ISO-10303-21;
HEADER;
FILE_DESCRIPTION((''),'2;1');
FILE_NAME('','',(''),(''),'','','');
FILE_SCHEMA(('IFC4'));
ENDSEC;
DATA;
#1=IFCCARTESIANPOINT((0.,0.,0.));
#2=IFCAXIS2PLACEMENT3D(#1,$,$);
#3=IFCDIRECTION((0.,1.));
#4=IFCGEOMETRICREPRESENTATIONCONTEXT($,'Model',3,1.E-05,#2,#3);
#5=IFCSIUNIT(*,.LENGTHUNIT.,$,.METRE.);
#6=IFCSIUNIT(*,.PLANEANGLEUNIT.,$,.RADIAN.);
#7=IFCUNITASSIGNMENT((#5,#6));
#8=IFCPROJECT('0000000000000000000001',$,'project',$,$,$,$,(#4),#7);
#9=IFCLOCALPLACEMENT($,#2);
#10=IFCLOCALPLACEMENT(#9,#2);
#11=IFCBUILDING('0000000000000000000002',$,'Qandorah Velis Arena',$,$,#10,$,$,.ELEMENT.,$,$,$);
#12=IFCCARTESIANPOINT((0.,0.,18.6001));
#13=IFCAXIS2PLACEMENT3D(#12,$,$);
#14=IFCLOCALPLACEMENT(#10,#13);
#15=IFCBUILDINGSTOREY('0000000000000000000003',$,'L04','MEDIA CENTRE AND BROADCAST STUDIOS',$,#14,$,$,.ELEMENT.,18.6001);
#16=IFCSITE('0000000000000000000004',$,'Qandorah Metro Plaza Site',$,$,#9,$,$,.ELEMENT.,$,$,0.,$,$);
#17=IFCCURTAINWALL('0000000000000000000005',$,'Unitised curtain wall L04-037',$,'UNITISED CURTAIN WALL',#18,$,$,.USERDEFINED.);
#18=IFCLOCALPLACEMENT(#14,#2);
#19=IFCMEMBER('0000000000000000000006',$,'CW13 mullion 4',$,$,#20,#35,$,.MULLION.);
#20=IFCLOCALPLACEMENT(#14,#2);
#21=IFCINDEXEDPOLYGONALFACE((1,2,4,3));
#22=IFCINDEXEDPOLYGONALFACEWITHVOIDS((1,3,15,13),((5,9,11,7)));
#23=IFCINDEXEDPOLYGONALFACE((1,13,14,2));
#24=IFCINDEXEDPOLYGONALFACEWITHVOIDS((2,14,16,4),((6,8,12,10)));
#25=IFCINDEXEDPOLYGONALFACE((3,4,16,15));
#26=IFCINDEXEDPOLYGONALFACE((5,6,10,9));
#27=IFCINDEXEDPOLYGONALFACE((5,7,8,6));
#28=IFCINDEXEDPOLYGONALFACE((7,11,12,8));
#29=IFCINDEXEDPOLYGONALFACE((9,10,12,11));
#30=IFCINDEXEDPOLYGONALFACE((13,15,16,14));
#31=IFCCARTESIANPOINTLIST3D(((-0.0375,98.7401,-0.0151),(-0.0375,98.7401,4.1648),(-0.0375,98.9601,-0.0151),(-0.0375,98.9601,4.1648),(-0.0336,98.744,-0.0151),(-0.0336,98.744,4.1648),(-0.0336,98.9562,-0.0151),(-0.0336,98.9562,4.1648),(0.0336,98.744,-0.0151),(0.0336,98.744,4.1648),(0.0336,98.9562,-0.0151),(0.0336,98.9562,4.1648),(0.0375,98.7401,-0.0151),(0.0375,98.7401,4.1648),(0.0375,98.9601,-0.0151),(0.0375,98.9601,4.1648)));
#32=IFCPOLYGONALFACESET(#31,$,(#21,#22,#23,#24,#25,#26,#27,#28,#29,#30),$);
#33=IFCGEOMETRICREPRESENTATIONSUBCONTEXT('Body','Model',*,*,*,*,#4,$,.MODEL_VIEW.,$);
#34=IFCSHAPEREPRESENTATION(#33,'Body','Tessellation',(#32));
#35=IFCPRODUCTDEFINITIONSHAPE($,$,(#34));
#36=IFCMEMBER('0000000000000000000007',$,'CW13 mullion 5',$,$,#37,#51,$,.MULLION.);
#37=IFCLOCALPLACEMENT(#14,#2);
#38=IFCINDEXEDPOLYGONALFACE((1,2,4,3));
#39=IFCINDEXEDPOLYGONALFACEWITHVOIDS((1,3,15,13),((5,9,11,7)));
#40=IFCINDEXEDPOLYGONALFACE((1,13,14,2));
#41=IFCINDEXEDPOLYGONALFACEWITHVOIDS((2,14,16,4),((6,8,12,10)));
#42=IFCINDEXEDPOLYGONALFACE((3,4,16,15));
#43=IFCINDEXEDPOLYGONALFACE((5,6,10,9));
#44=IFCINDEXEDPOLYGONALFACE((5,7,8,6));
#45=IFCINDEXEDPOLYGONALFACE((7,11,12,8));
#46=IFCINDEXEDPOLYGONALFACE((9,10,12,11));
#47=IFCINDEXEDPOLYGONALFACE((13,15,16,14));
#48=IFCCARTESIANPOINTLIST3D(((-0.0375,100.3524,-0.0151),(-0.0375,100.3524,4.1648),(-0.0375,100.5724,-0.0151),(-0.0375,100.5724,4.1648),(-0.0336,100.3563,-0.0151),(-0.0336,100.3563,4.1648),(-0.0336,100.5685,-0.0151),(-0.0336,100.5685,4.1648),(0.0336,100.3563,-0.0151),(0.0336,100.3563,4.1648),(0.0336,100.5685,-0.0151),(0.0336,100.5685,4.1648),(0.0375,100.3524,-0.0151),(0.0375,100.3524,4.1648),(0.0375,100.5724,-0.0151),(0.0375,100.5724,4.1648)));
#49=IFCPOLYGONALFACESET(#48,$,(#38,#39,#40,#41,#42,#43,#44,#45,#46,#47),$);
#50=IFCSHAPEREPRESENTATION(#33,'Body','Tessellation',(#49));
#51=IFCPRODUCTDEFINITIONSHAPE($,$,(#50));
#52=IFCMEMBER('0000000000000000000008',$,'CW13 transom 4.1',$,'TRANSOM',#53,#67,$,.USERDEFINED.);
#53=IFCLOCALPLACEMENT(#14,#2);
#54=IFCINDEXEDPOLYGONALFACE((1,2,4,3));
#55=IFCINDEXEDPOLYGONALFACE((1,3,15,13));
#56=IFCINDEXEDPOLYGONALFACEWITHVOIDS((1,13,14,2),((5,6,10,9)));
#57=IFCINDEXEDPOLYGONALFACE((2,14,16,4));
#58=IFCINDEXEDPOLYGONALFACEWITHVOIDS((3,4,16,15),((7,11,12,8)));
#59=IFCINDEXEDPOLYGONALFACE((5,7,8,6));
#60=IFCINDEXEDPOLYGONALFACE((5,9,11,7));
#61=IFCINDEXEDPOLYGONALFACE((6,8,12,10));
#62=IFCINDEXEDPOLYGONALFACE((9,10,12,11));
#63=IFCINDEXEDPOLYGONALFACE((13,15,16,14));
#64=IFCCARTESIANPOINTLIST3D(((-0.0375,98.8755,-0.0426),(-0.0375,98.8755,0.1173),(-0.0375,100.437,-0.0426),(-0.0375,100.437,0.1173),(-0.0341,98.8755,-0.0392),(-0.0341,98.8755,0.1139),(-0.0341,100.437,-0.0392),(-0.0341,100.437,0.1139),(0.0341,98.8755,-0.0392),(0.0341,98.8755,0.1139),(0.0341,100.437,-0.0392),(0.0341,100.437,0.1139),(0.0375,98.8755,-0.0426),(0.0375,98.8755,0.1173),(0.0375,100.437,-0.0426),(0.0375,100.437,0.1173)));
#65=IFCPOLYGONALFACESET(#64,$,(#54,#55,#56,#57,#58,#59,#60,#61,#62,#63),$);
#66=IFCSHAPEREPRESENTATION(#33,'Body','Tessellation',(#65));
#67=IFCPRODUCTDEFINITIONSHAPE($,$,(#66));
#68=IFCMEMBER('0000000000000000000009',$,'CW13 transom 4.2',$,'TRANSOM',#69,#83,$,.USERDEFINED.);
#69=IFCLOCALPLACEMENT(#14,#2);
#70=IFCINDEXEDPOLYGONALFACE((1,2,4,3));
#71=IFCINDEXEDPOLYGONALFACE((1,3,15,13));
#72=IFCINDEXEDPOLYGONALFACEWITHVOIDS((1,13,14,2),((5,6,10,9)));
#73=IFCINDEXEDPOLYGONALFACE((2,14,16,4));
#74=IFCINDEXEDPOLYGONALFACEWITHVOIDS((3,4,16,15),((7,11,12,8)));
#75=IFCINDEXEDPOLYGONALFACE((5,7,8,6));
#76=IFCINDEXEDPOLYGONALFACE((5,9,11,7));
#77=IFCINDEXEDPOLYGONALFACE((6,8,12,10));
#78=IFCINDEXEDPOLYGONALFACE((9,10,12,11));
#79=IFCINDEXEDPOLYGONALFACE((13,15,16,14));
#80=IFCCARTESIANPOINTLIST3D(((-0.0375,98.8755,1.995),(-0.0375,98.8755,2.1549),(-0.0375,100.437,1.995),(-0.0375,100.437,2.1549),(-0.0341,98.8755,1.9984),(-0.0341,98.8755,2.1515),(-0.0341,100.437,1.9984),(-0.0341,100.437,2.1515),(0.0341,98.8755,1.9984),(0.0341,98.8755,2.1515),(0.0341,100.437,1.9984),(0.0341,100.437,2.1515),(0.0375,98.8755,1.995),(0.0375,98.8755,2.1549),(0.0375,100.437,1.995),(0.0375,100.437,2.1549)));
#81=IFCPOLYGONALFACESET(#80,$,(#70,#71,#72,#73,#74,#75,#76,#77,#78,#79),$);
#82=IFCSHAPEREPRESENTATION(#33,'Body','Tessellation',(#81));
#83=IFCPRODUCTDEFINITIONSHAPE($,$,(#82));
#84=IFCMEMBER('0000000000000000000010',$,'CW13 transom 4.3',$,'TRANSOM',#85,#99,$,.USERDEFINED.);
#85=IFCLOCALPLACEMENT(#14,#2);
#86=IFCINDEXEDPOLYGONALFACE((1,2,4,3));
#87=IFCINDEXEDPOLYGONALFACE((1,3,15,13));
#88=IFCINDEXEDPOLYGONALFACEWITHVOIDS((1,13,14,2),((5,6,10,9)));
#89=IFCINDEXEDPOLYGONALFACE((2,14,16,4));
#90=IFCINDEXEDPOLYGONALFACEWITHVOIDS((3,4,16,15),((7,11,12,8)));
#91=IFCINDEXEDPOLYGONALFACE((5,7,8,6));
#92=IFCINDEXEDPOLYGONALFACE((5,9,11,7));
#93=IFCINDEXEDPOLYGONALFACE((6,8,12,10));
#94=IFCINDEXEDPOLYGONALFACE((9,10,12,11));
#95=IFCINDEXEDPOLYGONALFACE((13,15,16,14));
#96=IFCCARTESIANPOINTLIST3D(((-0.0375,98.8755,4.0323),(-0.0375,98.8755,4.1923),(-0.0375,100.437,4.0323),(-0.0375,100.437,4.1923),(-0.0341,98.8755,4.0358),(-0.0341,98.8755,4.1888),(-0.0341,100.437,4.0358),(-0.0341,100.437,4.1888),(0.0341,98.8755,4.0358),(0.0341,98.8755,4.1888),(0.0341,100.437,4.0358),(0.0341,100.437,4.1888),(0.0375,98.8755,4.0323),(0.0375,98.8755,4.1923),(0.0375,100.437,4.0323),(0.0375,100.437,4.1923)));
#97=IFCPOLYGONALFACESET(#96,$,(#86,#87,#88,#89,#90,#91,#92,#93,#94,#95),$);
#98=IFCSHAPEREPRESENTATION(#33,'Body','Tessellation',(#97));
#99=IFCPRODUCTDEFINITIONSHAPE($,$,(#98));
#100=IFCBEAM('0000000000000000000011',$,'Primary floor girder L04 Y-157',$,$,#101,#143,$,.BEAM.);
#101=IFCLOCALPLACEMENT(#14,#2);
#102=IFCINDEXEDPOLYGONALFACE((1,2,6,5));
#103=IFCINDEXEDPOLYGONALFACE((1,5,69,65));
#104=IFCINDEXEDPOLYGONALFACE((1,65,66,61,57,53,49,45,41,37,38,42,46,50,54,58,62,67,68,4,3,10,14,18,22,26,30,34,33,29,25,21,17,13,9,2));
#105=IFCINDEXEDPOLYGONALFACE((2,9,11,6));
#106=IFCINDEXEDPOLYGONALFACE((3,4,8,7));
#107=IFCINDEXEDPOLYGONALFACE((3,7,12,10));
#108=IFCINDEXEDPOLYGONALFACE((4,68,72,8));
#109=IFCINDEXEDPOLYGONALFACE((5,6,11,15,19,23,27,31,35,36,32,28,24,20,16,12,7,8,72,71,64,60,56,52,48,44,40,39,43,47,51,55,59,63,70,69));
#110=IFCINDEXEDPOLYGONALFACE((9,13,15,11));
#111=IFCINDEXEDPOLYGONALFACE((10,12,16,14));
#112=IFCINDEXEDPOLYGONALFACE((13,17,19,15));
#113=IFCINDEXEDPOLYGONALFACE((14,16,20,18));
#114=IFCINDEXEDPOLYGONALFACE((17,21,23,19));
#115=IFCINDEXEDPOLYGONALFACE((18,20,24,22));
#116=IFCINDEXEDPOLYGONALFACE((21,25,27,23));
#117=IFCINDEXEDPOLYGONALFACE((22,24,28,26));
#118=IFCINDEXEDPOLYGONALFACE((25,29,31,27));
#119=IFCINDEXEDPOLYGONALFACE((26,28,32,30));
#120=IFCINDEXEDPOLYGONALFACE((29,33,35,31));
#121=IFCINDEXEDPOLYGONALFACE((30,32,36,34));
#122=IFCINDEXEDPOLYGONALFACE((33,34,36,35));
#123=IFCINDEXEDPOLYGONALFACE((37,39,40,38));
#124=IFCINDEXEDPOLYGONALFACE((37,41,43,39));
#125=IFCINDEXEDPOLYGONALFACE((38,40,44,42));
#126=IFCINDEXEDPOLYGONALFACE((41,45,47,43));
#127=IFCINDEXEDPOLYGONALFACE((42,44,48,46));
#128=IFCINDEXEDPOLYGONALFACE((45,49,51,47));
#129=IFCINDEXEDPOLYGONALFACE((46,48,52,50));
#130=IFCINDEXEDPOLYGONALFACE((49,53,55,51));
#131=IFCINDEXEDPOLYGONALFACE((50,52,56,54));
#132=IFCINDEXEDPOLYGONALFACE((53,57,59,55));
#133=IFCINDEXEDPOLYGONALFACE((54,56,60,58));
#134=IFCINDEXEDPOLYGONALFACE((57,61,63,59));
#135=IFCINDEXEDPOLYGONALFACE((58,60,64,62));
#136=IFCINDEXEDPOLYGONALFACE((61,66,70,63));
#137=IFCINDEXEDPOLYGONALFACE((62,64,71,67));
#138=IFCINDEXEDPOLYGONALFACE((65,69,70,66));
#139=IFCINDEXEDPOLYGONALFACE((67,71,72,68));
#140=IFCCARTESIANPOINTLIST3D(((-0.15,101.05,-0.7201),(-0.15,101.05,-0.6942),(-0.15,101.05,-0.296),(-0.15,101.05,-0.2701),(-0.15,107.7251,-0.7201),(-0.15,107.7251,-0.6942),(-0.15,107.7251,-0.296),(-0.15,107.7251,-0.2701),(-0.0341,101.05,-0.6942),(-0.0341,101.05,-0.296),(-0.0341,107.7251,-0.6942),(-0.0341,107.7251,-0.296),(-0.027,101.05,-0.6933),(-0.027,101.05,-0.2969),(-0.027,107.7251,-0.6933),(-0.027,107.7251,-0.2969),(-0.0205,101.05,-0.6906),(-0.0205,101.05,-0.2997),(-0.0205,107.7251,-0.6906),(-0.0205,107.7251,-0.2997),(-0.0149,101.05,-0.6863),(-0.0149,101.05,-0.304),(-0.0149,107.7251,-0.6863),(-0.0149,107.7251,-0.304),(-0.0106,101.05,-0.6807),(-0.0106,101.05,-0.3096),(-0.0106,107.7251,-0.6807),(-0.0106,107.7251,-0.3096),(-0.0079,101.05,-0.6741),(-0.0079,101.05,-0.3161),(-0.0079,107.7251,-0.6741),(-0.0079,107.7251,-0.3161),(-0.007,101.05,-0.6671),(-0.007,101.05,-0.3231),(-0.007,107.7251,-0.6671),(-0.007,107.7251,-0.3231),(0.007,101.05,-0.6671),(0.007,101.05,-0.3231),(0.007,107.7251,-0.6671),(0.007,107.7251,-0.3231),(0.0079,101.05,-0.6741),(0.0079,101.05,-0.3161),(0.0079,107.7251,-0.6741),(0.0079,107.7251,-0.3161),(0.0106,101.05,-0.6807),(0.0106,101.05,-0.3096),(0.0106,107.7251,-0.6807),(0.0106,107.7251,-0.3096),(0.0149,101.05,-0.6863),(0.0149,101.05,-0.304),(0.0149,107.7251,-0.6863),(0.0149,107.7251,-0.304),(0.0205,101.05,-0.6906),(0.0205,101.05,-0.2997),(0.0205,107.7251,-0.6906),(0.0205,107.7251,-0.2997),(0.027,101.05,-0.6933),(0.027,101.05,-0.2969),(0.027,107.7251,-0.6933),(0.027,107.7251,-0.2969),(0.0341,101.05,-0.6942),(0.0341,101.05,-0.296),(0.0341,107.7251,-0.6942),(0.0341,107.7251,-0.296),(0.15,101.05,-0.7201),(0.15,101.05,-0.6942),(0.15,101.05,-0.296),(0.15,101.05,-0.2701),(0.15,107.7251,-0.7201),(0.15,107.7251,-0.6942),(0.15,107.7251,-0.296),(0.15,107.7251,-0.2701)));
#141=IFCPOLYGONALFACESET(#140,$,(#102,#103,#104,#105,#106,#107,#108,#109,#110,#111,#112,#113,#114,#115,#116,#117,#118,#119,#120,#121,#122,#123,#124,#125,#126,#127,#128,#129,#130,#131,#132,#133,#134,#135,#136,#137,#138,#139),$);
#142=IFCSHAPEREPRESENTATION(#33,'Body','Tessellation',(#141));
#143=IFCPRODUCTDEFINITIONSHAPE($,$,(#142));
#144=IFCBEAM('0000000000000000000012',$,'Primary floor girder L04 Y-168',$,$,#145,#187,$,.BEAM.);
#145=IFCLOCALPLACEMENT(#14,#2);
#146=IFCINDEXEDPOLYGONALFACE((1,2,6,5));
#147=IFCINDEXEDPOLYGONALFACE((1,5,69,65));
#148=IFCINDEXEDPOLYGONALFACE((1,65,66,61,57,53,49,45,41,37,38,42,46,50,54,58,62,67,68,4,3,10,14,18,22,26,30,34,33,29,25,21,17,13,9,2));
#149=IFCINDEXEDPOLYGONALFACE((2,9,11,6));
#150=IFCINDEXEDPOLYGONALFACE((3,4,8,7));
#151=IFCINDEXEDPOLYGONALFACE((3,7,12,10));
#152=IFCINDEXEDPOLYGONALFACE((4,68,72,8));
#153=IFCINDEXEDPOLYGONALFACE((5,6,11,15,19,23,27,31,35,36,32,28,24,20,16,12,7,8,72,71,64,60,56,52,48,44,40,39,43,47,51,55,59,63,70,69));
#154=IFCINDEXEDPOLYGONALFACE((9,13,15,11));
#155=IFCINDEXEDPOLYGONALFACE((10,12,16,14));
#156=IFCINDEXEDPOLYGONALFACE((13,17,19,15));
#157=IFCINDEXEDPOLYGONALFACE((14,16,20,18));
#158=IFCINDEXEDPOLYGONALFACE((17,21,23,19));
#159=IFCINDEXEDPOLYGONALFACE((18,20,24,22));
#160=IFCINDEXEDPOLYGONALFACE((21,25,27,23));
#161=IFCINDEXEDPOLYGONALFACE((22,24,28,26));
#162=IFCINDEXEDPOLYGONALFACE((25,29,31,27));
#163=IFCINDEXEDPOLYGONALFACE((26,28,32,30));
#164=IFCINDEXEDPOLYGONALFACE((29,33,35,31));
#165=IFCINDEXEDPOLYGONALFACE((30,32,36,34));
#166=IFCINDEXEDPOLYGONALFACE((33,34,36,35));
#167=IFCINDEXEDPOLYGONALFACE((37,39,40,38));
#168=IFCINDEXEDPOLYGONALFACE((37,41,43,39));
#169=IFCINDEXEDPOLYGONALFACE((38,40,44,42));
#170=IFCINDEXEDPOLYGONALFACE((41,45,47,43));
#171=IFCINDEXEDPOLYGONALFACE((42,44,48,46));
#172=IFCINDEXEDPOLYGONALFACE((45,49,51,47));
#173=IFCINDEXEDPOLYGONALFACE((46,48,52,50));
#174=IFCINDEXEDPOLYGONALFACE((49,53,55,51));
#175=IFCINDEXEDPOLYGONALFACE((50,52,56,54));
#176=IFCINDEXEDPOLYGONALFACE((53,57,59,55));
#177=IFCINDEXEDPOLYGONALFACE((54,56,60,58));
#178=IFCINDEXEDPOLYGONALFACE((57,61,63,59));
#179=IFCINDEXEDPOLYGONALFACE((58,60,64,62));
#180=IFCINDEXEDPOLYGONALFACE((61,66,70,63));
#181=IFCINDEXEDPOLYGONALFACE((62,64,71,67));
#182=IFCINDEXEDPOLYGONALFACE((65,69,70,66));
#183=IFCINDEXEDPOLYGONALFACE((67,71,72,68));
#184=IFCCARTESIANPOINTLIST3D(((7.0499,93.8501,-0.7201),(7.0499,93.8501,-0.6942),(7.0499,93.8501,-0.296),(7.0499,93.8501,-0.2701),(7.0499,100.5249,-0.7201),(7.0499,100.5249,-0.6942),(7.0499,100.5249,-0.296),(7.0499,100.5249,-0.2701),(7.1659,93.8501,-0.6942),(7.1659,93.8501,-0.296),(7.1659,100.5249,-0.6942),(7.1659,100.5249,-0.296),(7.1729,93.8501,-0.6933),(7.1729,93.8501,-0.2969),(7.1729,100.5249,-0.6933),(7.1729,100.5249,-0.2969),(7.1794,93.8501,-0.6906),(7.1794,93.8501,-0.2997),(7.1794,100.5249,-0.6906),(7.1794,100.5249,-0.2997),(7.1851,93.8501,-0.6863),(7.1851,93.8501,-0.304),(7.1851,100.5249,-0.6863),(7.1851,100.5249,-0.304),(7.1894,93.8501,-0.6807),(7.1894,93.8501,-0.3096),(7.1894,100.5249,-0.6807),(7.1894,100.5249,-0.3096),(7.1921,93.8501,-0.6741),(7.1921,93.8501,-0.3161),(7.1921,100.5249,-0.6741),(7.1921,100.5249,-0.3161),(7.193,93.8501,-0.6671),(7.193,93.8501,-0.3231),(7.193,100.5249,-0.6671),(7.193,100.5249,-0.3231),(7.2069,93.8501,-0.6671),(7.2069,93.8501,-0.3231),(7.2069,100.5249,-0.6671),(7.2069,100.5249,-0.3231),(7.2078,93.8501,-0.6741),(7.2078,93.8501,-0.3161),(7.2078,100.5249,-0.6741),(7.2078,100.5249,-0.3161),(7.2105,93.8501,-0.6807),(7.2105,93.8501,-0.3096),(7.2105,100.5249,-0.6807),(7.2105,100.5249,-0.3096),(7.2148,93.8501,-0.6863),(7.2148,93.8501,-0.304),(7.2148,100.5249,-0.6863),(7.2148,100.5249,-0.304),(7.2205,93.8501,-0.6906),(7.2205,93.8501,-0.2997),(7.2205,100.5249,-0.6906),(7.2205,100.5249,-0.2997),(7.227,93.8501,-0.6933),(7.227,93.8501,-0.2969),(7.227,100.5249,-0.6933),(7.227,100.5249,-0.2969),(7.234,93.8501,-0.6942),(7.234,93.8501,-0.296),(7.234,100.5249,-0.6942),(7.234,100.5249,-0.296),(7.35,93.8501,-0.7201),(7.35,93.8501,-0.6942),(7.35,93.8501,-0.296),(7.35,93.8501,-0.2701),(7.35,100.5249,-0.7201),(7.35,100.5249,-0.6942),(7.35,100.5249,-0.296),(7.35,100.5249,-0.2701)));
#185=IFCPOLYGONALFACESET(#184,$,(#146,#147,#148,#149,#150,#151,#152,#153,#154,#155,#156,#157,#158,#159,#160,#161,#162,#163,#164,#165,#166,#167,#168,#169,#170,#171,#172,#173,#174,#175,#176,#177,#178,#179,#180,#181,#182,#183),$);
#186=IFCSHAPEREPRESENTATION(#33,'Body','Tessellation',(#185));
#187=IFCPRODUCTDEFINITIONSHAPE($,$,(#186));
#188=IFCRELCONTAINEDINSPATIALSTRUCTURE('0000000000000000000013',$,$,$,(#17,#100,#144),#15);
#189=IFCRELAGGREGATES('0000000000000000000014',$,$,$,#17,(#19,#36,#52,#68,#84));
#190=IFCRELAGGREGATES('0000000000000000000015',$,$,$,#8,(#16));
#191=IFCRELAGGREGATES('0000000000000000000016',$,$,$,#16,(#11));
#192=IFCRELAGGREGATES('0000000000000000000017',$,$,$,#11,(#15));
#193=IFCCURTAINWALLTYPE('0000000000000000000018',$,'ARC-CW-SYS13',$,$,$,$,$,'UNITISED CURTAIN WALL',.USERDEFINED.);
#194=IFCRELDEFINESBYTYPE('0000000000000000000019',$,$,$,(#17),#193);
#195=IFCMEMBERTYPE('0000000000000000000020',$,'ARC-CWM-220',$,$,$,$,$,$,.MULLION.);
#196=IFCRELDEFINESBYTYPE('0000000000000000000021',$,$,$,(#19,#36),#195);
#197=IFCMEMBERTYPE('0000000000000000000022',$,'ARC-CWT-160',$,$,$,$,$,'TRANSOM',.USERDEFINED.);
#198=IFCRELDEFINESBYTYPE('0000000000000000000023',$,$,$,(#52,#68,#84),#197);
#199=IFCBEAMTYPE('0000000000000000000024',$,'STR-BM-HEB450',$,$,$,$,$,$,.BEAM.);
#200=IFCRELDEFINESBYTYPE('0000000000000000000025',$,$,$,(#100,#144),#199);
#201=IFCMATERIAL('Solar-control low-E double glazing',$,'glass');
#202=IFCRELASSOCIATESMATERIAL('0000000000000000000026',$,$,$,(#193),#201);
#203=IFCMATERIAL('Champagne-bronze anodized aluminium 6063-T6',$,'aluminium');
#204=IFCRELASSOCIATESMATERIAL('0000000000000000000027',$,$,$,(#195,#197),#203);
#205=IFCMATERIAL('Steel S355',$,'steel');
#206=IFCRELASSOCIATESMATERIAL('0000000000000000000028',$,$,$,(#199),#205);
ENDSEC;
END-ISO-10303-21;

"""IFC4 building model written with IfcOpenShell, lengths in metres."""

from ifc_helpers import new_model, si_unit, direction, frame, origin, origin_2d, place, context, subcontext, project, spatial, hollow_rectangle, i_section, extrude, material, material_profile, profile_set, type_object, element, aggregate, save


model = new_model("IFC4")

# Units and contexts
model_context = context("Model", 3, precision=1e-05, world=origin(), true_north=direction((0.0, 1.0)))
body_context = subcontext(model_context, "Body", "Model", "MODEL_VIEW")
ifc_project = project(units=[si_unit("LENGTHUNIT", "METRE"), si_unit("PLANEANGLEUNIT", "RADIAN")], contexts=[model_context])

# Site, building, storey
site_placement = place(None, origin())
site = spatial("IfcSite", under=ifc_project, at=site_placement, Name="Qandorah Metro Plaza Site", CompositionType="ELEMENT", RefElevation=0.0)
building_placement = place(site_placement, origin())
building = spatial("IfcBuilding", under=site, at=building_placement, Name="Qandorah Velis Arena", CompositionType="ELEMENT")
storey_placement = place(building_placement, frame((0.0, 0.0, 18.6001)))
storey = spatial("IfcBuildingStorey", under=building, at=storey_placement, Name="L04", Description="MEDIA CENTRE AND BROADCAST STUDIOS", CompositionType="ELEMENT", Elevation=18.6001)

# Shared definitions
ifc_material_1 = material(Name="Steel S355", Category="steel")

# Curtain wall, members
ifc_material_2 = material(Name="Solar-control low-E double glazing", Category="glass")
curtain_wall_type = type_object("IfcCurtainWallType", Name="ARC-CW-SYS13", ElementType="UNITISED CURTAIN WALL", PredefinedType="USERDEFINED", material=ifc_material_2)
curtain_wall_placement = place(storey_placement, origin())
curtain_wall = element("IfcCurtainWall", 1, at=curtain_wall_placement, inside=storey, type_object=curtain_wall_type, Name="Unitised curtain wall L04-037", ObjectType="UNITISED CURTAIN WALL", PredefinedType="USERDEFINED")
ifc_material_3 = material(Name="Champagne-bronze anodized aluminium 6063-T6", Category="aluminium")
ifc_material_profile_1 = material_profile(ifc_material_3, hollow_rectangle(XDim=0.075, YDim=0.22, WallThickness=0.0039, at=origin_2d()), Name="ALU MULLION 75x220")
ifc_profile_set_1 = profile_set([ifc_material_profile_1], Name="Champagne-bronze anodized aluminium 6063-T6")
member_type_1 = type_object("IfcMemberType", Name="ARC-CWM-220", PredefinedType="MULLION", material=ifc_profile_set_1)
member_1_placement = place(storey_placement, frame((0.0, 98.8501, -0.0151), z_axis=(0.0, 0.0, 1.0), x_axis=(-1.0, 0.0, 0.0)))
member_1 = element("IfcMember", 2, at=member_1_placement, type_object=member_type_1, Name="CW13 mullion 4", PredefinedType="MULLION", context=body_context, shape_type="SweptSolid", body=[
    extrude(hollow_rectangle(XDim=0.075, YDim=0.22, WallThickness=0.0039, at=origin_2d()), origin(), (0.0, 0.0, 1.0), 4.1799),
])
member_2_placement = place(storey_placement, frame((0.0, 100.4624, -0.0151), z_axis=(0.0, 0.0, 1.0), x_axis=(-1.0, 0.0, 0.0)))
member_2 = element("IfcMember", 3, at=member_2_placement, type_object=member_type_1, Name="CW13 mullion 5", PredefinedType="MULLION", context=body_context, shape_type="SweptSolid", body=[
    extrude(hollow_rectangle(XDim=0.075, YDim=0.22, WallThickness=0.0039, at=origin_2d()), origin(), (0.0, 0.0, 1.0), 4.1799),
])
ifc_material_profile_2 = material_profile(ifc_material_3, hollow_rectangle(XDim=0.075, YDim=0.1599, WallThickness=0.0034, at=origin_2d()), Name="ALU TRANSOM 75x160")
ifc_profile_set_2 = profile_set([ifc_material_profile_2], Name="Champagne-bronze anodized aluminium 6063-T6")
member_type_2 = type_object("IfcMemberType", Name="ARC-CWT-160", ElementType="TRANSOM", PredefinedType="USERDEFINED", material=ifc_profile_set_2)
member_3_placement = place(storey_placement, frame((0.0, 98.8755, 0.0374), z_axis=(0.0, 1.0, 0.0), x_axis=(-1.0, 0.0, 0.0)))
member_3 = element("IfcMember", 4, at=member_3_placement, type_object=member_type_2, Name="CW13 transom 4.1", ObjectType="TRANSOM", PredefinedType="USERDEFINED", context=body_context, shape_type="SweptSolid", body=[
    extrude(hollow_rectangle(XDim=0.075, YDim=0.1599, WallThickness=0.0034, at=origin_2d()), origin(), (0.0, 0.0, 1.0), 1.5615),
])
member_4_placement = place(storey_placement, frame((0.0, 98.8755, 2.075), z_axis=(0.0, 1.0, 0.0), x_axis=(-1.0, 0.0, 0.0)))
member_4 = element("IfcMember", 5, at=member_4_placement, type_object=member_type_2, Name="CW13 transom 4.2", ObjectType="TRANSOM", PredefinedType="USERDEFINED", context=body_context, shape_type="SweptSolid", body=[
    extrude(hollow_rectangle(XDim=0.075, YDim=0.1599, WallThickness=0.0034, at=origin_2d()), origin(), (0.0, 0.0, 1.0), 1.5615),
])
member_5_placement = place(storey_placement, frame((0.0, 98.8755, 4.1123), z_axis=(0.0, 1.0, 0.0), x_axis=(-1.0, 0.0, 0.0)))
member_5 = element("IfcMember", 6, at=member_5_placement, type_object=member_type_2, Name="CW13 transom 4.3", ObjectType="TRANSOM", PredefinedType="USERDEFINED", context=body_context, shape_type="SweptSolid", body=[
    extrude(hollow_rectangle(XDim=0.075, YDim=0.1599, WallThickness=0.0034, at=origin_2d()), origin(), (0.0, 0.0, 1.0), 1.5615),
])

# Beams
ifc_material_profile_3 = material_profile(ifc_material_1, i_section(OverallWidth=0.3, OverallDepth=0.45, WebThickness=0.0139, FlangeThickness=0.0259, FilletRadius=0.0271, at=origin_2d()), Name="HEB 450")
ifc_profile_set_3 = profile_set([ifc_material_profile_3], Name="Steel S355")
beam_type_1 = type_object("IfcBeamType", Name="STR-BM-HEB450", PredefinedType="BEAM", material=ifc_profile_set_3)
beam_1_placement = place(storey_placement, frame((0.0, 101.05, -0.4951), z_axis=(0.0, 1.0, 0.0), x_axis=(-1.0, 0.0, 0.0)))
element("IfcBeam", 7, at=beam_1_placement, inside=storey, type_object=beam_type_1, Name="Primary floor girder L04 Y-157", PredefinedType="BEAM", context=body_context, shape_type="SweptSolid", body=[
    extrude(i_section(OverallWidth=0.3, OverallDepth=0.45, WebThickness=0.0139, FlangeThickness=0.0259, FilletRadius=0.0271, at=origin_2d()), origin(), (0.0, 0.0, 1.0), 6.675),
])
beam_2_placement = place(storey_placement, frame((7.2, 93.8501, -0.4951), z_axis=(0.0, 1.0, 0.0), x_axis=(-1.0, 0.0, 0.0)))
element("IfcBeam", 8, at=beam_2_placement, inside=storey, type_object=beam_type_1, Name="Primary floor girder L04 Y-168", PredefinedType="BEAM", context=body_context, shape_type="SweptSolid", body=[
    extrude(i_section(OverallWidth=0.3, OverallDepth=0.45, WebThickness=0.0139, FlangeThickness=0.0259, FilletRadius=0.0271, at=origin_2d()), origin(), (0.0, 0.0, 1.0), 6.6748),
])

aggregate(curtain_wall, [member_1, member_2, member_3, member_4, member_5])

save(model, "model.ifc")
